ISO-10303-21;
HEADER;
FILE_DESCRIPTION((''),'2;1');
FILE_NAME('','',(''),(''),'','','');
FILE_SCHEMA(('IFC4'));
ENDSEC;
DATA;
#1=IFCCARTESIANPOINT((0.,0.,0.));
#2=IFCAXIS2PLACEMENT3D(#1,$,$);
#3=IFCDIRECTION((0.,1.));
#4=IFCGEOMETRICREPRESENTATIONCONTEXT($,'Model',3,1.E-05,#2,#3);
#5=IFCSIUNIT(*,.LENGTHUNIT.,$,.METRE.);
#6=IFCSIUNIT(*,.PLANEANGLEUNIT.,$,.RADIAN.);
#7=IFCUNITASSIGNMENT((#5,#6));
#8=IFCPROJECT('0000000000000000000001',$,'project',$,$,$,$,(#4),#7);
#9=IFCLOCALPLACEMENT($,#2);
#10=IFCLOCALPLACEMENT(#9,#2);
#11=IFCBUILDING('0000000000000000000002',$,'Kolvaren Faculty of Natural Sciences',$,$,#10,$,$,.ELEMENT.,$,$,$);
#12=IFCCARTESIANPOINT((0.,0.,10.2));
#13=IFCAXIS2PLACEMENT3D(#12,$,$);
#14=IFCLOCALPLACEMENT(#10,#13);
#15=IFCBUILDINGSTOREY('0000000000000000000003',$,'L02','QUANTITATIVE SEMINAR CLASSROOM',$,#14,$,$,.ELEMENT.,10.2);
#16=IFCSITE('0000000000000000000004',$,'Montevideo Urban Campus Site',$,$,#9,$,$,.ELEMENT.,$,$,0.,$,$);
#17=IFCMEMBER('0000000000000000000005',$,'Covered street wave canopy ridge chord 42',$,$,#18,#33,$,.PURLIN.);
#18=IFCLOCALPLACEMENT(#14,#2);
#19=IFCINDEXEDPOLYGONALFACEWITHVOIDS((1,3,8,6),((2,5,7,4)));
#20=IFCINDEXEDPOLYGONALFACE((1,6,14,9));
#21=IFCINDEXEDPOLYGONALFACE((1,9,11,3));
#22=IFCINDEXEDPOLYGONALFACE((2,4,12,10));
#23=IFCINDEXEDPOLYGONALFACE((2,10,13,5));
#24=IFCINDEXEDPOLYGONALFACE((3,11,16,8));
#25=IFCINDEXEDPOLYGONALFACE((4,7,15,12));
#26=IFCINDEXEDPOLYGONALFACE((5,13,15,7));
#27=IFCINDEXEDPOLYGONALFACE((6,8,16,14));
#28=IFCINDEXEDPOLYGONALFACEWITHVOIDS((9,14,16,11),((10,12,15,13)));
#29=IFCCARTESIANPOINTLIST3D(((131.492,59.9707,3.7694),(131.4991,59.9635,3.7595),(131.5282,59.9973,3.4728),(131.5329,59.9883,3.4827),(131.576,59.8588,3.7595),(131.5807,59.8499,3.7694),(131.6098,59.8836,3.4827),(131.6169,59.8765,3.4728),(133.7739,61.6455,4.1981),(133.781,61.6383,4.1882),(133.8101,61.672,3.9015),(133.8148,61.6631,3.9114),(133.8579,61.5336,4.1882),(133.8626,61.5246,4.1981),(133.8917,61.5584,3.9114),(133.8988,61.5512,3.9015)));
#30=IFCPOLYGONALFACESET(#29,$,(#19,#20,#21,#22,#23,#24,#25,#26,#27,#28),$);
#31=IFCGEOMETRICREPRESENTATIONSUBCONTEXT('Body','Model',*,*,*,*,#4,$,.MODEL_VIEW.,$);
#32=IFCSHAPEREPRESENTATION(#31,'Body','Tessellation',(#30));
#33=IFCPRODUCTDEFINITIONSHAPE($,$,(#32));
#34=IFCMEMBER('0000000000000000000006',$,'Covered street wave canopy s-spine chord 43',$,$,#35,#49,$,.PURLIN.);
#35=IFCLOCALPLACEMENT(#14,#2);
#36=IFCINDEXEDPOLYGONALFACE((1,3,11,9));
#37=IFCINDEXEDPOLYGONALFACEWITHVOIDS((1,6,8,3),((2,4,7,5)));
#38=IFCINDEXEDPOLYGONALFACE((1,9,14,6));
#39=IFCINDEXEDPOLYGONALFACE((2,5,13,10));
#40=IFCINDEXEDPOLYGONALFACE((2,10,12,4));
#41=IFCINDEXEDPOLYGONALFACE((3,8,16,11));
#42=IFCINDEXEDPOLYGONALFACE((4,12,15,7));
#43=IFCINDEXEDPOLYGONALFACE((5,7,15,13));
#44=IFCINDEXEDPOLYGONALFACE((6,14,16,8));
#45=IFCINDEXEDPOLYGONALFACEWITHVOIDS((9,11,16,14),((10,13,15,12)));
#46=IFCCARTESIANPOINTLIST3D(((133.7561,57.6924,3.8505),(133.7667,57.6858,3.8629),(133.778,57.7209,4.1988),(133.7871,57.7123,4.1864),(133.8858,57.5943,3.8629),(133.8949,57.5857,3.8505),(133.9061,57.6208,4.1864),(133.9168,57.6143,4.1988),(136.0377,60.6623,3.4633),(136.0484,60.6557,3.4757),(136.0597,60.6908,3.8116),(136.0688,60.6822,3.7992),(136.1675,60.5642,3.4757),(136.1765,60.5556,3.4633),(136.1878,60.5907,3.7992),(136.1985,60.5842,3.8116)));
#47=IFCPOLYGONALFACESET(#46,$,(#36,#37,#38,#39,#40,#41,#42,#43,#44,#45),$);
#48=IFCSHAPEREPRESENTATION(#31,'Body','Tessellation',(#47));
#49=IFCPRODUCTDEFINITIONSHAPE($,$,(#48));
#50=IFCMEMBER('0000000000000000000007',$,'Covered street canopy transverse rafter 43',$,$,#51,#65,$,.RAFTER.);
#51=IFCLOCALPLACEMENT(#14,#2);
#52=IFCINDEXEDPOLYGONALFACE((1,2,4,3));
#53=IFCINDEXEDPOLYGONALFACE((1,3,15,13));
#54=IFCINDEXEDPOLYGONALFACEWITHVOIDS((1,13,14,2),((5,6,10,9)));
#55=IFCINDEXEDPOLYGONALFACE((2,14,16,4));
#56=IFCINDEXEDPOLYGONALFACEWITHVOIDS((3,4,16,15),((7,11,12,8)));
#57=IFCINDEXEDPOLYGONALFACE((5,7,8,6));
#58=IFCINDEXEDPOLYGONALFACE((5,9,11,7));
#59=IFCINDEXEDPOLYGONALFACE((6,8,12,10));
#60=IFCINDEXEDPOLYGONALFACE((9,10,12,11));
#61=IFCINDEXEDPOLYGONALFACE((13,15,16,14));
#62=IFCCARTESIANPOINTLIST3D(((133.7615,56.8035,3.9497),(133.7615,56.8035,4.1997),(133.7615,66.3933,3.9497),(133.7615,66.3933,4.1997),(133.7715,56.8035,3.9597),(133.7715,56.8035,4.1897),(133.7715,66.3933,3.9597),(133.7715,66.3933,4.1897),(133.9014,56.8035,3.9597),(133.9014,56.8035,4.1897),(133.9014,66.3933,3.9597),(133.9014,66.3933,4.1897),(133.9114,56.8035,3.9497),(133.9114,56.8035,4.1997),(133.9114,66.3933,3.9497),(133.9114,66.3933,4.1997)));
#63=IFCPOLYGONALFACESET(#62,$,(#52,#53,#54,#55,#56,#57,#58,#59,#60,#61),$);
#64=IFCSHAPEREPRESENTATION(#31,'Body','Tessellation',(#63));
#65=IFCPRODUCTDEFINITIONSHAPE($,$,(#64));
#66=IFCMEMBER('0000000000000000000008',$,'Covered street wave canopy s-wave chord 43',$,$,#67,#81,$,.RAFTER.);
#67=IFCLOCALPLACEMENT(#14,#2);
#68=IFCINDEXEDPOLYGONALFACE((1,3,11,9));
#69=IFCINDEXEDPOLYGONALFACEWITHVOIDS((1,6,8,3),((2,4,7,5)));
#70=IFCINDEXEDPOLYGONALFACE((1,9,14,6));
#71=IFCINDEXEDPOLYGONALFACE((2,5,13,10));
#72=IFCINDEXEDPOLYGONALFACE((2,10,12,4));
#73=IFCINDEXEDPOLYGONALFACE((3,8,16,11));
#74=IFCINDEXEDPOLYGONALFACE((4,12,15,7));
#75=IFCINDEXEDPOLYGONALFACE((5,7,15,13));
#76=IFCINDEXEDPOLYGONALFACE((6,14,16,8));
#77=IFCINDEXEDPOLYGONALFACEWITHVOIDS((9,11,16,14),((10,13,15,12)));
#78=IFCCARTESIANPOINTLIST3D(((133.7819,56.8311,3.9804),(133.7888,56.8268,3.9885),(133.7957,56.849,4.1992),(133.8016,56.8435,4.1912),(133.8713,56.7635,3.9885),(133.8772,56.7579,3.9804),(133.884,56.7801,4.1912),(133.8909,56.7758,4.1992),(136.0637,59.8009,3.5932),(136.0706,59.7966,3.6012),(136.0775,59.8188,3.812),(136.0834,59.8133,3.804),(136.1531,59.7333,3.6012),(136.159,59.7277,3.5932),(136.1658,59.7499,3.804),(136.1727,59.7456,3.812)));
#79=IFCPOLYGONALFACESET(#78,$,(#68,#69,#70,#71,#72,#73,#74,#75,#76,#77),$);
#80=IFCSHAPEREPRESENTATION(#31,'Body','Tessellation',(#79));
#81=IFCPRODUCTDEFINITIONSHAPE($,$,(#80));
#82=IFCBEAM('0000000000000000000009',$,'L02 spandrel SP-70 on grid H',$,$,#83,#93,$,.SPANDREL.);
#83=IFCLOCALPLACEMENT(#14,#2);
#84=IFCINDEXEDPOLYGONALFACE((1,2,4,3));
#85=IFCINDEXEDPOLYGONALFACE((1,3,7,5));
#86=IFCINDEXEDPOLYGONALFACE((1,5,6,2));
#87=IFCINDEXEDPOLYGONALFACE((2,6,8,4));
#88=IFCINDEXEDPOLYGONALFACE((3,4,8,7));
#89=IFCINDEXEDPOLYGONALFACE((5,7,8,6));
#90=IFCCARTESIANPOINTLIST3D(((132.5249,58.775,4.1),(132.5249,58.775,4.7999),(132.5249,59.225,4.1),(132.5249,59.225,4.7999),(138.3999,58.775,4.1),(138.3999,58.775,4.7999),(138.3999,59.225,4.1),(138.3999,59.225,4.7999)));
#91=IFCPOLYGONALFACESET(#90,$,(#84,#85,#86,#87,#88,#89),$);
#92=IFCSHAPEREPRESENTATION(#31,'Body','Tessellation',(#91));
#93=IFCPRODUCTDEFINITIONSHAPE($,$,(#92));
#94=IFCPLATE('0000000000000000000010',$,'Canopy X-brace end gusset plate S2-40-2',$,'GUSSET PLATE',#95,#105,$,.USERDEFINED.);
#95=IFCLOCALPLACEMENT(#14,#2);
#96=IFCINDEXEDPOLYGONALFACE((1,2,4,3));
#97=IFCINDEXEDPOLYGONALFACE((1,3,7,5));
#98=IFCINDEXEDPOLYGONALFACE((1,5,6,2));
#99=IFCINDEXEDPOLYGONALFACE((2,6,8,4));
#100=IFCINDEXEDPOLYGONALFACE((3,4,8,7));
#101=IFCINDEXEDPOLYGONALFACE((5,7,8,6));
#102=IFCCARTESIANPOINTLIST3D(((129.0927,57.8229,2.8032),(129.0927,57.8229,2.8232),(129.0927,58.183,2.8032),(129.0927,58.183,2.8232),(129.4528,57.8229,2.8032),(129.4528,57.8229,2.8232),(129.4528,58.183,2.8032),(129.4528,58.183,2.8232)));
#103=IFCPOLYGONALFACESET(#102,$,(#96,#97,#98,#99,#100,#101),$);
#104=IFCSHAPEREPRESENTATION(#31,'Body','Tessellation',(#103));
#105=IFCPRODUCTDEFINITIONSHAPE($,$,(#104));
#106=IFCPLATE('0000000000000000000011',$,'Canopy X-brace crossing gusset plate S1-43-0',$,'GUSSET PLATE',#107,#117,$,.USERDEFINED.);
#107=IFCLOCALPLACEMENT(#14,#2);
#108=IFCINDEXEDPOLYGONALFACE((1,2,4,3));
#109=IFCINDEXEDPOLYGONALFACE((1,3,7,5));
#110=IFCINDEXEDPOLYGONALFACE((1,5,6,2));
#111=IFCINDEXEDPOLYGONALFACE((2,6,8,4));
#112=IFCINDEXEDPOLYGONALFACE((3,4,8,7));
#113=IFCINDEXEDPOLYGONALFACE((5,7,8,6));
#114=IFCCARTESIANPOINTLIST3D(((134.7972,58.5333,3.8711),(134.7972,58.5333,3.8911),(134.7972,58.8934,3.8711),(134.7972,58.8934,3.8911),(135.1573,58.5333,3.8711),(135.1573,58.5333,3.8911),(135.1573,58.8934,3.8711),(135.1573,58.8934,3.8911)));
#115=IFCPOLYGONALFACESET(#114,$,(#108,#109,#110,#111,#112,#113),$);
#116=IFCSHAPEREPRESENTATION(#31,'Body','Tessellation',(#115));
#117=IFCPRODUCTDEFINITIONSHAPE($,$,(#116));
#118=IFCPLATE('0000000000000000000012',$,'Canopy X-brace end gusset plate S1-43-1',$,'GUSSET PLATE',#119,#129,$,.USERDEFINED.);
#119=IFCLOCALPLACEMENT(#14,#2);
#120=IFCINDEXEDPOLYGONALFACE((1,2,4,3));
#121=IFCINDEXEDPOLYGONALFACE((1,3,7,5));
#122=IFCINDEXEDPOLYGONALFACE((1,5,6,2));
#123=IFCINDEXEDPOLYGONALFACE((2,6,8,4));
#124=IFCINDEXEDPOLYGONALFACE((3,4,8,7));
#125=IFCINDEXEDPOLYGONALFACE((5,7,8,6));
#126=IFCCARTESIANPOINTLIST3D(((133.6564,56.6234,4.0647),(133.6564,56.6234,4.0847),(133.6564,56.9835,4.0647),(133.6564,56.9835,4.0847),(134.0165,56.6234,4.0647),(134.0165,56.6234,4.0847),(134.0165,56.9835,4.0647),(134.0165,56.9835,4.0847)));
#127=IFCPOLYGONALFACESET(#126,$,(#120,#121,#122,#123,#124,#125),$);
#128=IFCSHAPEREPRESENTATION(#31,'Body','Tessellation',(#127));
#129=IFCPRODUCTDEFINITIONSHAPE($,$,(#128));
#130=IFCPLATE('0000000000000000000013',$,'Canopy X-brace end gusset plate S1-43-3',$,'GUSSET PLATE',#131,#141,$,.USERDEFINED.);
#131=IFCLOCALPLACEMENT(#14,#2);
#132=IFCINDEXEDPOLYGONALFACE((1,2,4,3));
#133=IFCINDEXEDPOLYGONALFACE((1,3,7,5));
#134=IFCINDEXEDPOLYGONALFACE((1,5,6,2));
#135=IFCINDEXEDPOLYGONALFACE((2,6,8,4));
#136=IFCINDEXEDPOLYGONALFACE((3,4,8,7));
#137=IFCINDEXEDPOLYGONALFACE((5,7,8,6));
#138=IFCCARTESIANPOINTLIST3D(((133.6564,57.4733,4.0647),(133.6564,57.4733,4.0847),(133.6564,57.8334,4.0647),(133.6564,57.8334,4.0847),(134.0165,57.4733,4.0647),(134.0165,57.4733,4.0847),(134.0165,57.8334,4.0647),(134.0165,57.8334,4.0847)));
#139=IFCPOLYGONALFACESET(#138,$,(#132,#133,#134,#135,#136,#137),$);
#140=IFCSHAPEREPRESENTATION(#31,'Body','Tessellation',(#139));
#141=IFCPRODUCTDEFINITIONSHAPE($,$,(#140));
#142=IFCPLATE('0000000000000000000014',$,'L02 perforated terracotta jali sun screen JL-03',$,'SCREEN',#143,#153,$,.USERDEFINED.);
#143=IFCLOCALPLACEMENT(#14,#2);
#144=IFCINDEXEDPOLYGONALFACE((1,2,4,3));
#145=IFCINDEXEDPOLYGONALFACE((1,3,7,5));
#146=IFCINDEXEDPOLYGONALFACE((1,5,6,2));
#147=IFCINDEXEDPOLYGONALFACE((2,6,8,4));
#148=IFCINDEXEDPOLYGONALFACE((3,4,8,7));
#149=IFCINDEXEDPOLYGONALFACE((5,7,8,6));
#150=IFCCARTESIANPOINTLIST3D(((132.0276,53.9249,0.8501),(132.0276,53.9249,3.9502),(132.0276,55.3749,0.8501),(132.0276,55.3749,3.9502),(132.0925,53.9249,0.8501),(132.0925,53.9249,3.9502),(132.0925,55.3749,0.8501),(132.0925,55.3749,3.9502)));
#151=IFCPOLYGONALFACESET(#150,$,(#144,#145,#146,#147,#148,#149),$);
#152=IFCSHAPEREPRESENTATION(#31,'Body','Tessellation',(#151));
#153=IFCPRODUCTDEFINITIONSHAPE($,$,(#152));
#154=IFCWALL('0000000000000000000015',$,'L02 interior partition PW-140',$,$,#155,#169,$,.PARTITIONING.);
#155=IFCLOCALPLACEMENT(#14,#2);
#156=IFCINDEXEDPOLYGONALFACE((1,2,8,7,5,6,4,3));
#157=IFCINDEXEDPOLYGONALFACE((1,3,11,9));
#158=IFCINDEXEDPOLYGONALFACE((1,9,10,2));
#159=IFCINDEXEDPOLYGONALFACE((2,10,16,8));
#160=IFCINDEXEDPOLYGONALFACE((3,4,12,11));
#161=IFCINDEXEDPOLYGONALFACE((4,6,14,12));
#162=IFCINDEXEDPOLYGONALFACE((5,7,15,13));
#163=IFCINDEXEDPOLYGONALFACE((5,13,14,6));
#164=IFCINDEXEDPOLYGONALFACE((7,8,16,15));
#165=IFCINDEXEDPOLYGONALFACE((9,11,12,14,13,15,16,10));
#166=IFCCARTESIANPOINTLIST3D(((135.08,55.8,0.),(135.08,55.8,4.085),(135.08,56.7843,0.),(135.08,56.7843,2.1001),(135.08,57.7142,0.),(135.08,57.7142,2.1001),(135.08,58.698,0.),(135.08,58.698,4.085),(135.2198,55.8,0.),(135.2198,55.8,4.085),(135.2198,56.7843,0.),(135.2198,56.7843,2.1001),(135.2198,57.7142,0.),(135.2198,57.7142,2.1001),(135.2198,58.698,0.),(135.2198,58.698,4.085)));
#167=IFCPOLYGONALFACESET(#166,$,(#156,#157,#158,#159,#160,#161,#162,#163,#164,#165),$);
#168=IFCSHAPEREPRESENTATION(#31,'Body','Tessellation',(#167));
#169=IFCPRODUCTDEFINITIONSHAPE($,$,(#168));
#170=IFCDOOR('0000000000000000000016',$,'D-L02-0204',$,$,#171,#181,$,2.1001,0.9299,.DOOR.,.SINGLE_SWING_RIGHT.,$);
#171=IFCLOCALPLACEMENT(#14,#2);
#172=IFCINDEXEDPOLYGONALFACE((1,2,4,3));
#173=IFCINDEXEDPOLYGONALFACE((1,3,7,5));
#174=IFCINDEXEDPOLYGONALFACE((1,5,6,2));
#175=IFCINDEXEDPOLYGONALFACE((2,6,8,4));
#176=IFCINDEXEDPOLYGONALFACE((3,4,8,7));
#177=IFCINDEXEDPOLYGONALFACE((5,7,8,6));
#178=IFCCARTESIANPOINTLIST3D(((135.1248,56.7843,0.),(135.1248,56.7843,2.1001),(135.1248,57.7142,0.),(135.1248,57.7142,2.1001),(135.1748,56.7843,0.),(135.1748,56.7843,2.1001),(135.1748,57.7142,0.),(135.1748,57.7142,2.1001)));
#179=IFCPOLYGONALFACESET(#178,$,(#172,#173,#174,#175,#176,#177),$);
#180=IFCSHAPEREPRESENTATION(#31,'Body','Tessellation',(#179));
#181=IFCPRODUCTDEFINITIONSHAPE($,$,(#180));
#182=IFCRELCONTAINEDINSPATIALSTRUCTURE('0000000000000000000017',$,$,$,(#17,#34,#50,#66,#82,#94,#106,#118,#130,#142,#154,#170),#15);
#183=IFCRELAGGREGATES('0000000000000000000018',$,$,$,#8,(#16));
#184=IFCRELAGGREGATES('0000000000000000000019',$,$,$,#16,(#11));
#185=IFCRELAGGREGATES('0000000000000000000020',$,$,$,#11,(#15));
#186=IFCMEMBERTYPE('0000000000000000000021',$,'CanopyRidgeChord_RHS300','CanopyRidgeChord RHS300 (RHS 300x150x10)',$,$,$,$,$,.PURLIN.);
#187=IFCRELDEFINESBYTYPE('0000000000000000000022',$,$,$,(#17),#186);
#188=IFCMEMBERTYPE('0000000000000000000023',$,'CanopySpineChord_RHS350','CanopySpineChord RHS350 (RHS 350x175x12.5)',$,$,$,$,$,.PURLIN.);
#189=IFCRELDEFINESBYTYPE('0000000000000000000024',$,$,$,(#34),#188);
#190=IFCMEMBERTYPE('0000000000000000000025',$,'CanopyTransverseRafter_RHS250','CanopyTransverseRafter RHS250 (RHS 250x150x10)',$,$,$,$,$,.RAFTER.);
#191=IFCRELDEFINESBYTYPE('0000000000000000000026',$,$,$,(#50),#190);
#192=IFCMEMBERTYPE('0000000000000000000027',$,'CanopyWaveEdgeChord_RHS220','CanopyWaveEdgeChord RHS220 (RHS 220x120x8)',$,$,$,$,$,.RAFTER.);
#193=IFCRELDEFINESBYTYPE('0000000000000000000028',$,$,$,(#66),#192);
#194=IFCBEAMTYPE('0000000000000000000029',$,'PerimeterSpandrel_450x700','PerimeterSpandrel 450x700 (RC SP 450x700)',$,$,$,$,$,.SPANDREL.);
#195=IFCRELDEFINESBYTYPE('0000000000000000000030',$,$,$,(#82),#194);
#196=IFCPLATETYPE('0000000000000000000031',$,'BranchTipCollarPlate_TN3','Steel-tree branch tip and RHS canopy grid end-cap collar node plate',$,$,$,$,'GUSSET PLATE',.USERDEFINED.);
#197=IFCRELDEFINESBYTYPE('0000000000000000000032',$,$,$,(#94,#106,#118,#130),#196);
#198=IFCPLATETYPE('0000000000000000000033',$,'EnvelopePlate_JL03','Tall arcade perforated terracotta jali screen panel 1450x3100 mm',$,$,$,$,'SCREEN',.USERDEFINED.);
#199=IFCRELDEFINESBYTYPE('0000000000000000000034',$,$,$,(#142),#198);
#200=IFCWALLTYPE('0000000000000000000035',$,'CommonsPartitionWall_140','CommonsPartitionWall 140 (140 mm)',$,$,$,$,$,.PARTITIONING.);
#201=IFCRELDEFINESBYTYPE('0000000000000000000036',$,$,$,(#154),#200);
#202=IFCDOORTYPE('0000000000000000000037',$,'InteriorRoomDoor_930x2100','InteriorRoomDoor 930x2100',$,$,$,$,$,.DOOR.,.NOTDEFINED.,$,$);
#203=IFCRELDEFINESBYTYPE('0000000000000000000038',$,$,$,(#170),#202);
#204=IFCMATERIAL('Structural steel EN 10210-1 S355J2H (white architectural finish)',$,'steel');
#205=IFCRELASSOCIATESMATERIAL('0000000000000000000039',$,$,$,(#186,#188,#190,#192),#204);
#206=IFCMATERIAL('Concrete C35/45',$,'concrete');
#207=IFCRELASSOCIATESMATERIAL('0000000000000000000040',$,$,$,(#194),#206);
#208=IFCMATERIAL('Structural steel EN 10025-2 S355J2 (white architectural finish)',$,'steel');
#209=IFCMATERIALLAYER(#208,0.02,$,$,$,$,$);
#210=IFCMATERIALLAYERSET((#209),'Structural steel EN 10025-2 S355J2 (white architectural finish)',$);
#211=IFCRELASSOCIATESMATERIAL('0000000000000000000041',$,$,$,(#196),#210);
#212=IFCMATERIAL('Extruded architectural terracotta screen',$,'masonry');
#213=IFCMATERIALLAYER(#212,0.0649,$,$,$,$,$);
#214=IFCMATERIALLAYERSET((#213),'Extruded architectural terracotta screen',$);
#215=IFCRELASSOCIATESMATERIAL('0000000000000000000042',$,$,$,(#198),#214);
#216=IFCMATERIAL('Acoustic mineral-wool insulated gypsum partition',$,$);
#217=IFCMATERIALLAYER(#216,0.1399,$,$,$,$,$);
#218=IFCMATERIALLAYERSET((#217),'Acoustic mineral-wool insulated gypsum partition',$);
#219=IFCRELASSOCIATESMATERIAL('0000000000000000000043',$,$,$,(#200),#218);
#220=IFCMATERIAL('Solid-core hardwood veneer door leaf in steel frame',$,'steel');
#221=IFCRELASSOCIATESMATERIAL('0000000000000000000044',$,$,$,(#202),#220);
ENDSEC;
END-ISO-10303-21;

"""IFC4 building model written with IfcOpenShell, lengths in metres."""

from ifc_helpers import new_model, si_unit, direction, frame, frame_2d, origin, origin_2d, place, context, subcontext, project, spatial, rectangle, hollow_rectangle, extrude, material, layer, layer_set, material_profile, profile_set, type_object, element, fill, save


model = new_model("IFC4")

# Units and contexts
model_context = context("Model", 3, precision=1e-05, world=origin(), true_north=direction((0.0, 1.0)))
body_context = subcontext(model_context, "Body", "Model", "MODEL_VIEW")
ifc_project = project(units=[si_unit("LENGTHUNIT", "METRE"), si_unit("PLANEANGLEUNIT", "RADIAN")], contexts=[model_context])

# Site, building, storey
site_placement = place(None, origin())
site = spatial("IfcSite", under=ifc_project, at=site_placement, Name="Montevideo Urban Campus Site", CompositionType="ELEMENT", RefElevation=0.0)
building_placement = place(site_placement, origin())
building = spatial("IfcBuilding", under=site, at=building_placement, Name="Kolvaren Faculty of Natural Sciences", CompositionType="ELEMENT")
storey_placement = place(building_placement, frame((0.0, 0.0, 10.2)))
storey = spatial("IfcBuildingStorey", under=building, at=storey_placement, Name="L02", Description="QUANTITATIVE SEMINAR CLASSROOM", CompositionType="ELEMENT", Elevation=10.2)

# Shared definitions
ifc_material_1 = material(Name="Concrete C35/45", Category="concrete")

# Members
ifc_material_2 = material(Name="Structural steel EN 10210-1 S355J2H (white architectural finish)", Category="steel")
ifc_material_profile_1 = material_profile(ifc_material_2, hollow_rectangle(XDim=0.1499, YDim=0.3, WallThickness=0.01, at=origin_2d()), Name="RHS 300x150x10")
ifc_profile_set_1 = profile_set([ifc_material_profile_1], Name="Structural steel EN 10210-1 S355J2H (white architectural finish)")
member_type_1 = type_object("IfcMemberType", Name="CanopyRidgeChord_RHS300", Description="CanopyRidgeChord RHS300 (RHS 300x150x10)", PredefinedType="PURLIN", material=ifc_profile_set_1)
member_1_placement = place(storey_placement, frame((131.5544, 59.9236, 3.6211), z_axis=(0.797087, 0.585002, 0.149747), x_axis=(-0.591674, 0.806177, 0.0)))
element("IfcMember", 1, at=member_1_placement, inside=storey, type_object=member_type_1, Name="Covered street wave canopy ridge chord 42", PredefinedType="PURLIN", context=body_context, shape_type="SweptSolid", body=[
    extrude(hollow_rectangle(XDim=0.1499, YDim=0.3, WallThickness=0.01, at=origin_2d()), origin(), (0.0, 0.0, 1.0), 2.8628),
])
ifc_material_profile_2 = material_profile(ifc_material_2, hollow_rectangle(XDim=0.175, YDim=0.3501, WallThickness=0.0125, at=origin_2d()), Name="RHS 350x175x12.5")
ifc_profile_set_2 = profile_set([ifc_material_profile_2], Name="Structural steel EN 10210-1 S355J2H (white architectural finish)")
member_type_2 = type_object("IfcMemberType", Name="CanopySpineChord_RHS350", Description="CanopySpineChord RHS350 (RHS 350x175x12.5)", PredefinedType="PURLIN", material=ifc_profile_set_2)
member_2_placement = place(storey_placement, frame((133.8364, 57.6533, 4.0247), z_axis=(0.606002, 0.788788, -0.102837), x_axis=(-0.792992, 0.609232, 0.0)))
element("IfcMember", 2, at=member_2_placement, inside=storey, type_object=member_type_2, Name="Covered street wave canopy s-spine chord 43", PredefinedType="PURLIN", context=body_context, shape_type="SweptSolid", body=[
    extrude(hollow_rectangle(XDim=0.175, YDim=0.3501, WallThickness=0.0125, at=origin_2d()), origin(), (0.0, 0.0, 1.0), 3.7651),
])
ifc_material_profile_3 = material_profile(ifc_material_2, hollow_rectangle(XDim=0.1499, YDim=0.25, WallThickness=0.01, at=origin_2d()), Name="RHS 250x150x10")
ifc_profile_set_3 = profile_set([ifc_material_profile_3], Name="Structural steel EN 10210-1 S355J2H (white architectural finish)")
member_type_3 = type_object("IfcMemberType", Name="CanopyTransverseRafter_RHS250", Description="CanopyTransverseRafter RHS250 (RHS 250x150x10)", PredefinedType="RAFTER", material=ifc_profile_set_3)
member_3_placement = place(storey_placement, frame((133.8364, 56.8035, 4.0747), z_axis=(0.0, 1.0, 0.0), x_axis=(-1.0, 0.0, 0.0)))
element("IfcMember", 3, at=member_3_placement, inside=storey, type_object=member_type_3, Name="Covered street canopy transverse rafter 43", PredefinedType="RAFTER", context=body_context, shape_type="SweptSolid", body=[
    extrude(hollow_rectangle(XDim=0.1499, YDim=0.25, WallThickness=0.01, at=origin_2d()), origin(), (0.0, 0.0, 1.0), 9.5898),
])
ifc_material_profile_4 = material_profile(ifc_material_2, hollow_rectangle(XDim=0.1201, YDim=0.22, WallThickness=0.0081, at=origin_2d()), Name="RHS 220x120x8")
ifc_profile_set_4 = profile_set([ifc_material_profile_4], Name="Structural steel EN 10210-1 S355J2H (white architectural finish)")
member_type_4 = type_object("IfcMemberType", Name="CanopyWaveEdgeChord_RHS220", Description="CanopyWaveEdgeChord RHS220 (RHS 220x120x8)", PredefinedType="RAFTER", material=ifc_profile_set_4)
member_4_placement = place(storey_placement, frame((133.8364, 56.8035, 4.0898), z_axis=(0.606033, 0.788763, -0.102843), x_axis=(-0.792968, 0.609263, 0.0)))
element("IfcMember", 4, at=member_4_placement, inside=storey, type_object=member_type_4, Name="Covered street wave canopy s-wave chord 43", PredefinedType="RAFTER", context=body_context, shape_type="SweptSolid", body=[
    extrude(hollow_rectangle(XDim=0.1201, YDim=0.22, WallThickness=0.0081, at=origin_2d()), origin(), (0.0, 0.0, 1.0), 3.7651),
])

# Beam
ifc_material_profile_5 = material_profile(ifc_material_1, rectangle(XDim=0.45, YDim=0.7, at=origin_2d()), Name="RC SP 450x700")
ifc_profile_set_5 = profile_set([ifc_material_profile_5], Name="Concrete C35/45")
beam_type = type_object("IfcBeamType", Name="PerimeterSpandrel_450x700", Description="PerimeterSpandrel 450x700 (RC SP 450x700)", PredefinedType="SPANDREL", material=ifc_profile_set_5)
beam_placement = place(storey_placement, frame((132.5249, 59.0, 4.45), z_axis=(1.0, 0.0, 0.0), x_axis=(0.0, 1.0, 0.0)))
element("IfcBeam", 5, at=beam_placement, inside=storey, type_object=beam_type, Name="L02 spandrel SP-70 on grid H", PredefinedType="SPANDREL", context=body_context, shape_type="SweptSolid", body=[
    extrude(rectangle(XDim=0.45, YDim=0.7, at=origin_2d()), origin(), (0.0, 0.0, 1.0), 5.875),
])

# Plates
ifc_material_3 = material(Name="Structural steel EN 10025-2 S355J2 (white architectural finish)", Category="steel")
ifc_layer_1 = layer(ifc_material_3, 0.02)
ifc_layer_set_1 = layer_set([ifc_layer_1], Name="Structural steel EN 10025-2 S355J2 (white architectural finish)")
plate_type_1 = type_object("IfcPlateType", Name="BranchTipCollarPlate_TN3", Description="Steel-tree branch tip and RHS canopy grid end-cap collar node plate", ElementType="GUSSET PLATE", PredefinedType="USERDEFINED", material=ifc_layer_set_1)
for number, where, z_axis, x_axis, name in (
    (6, (129.2727, 58.0029, 2.8032), (0.0, 0.0, 1.0), (1.0, 0.0, 0.0), "Canopy X-brace end gusset plate S2-40-2"),
    (7, (134.9773, 58.7134, 3.8711), (0.0, 0.0, 1.0), (1.0, 0.0, 0.0), "Canopy X-brace crossing gusset plate S1-43-0"),
    (8, (133.8364, 56.8035, 4.0647), (0.0, 0.0, 1.0), (1.0, 0.0, 0.0), "Canopy X-brace end gusset plate S1-43-1"),
    (9, (133.8364, 57.6533, 4.0647), (0.0, 0.0, 1.0), (1.0, 0.0, 0.0), "Canopy X-brace end gusset plate S1-43-3"),
):
    element("IfcPlate", number, at=place(storey_placement, frame(where, z_axis=z_axis, x_axis=x_axis)), inside=storey, type_object=plate_type_1, Name=name, ObjectType="GUSSET PLATE", PredefinedType="USERDEFINED", context=body_context, shape_type="SweptSolid", body=[
        extrude(rectangle(XDim=0.3601, YDim=0.3601, at=origin_2d()), origin(), (0.0, 0.0, 1.0), 0.02),
    ])
ifc_material_4 = material(Name="Extruded architectural terracotta screen", Category="masonry")
ifc_layer_2 = layer(ifc_material_4, 0.0649)
ifc_layer_set_2 = layer_set([ifc_layer_2], Name="Extruded architectural terracotta screen")
plate_type_2 = type_object("IfcPlateType", Name="EnvelopePlate_JL03", Description="Tall arcade perforated terracotta jali screen panel 1450x3100 mm", ElementType="SCREEN", PredefinedType="USERDEFINED", material=ifc_layer_set_2)
plate_placement = place(storey_placement, frame((132.0601, 54.6499, 0.8501), z_axis=(0.0, 0.0, 1.0), x_axis=(0.0, 1.0, 0.0)))
element("IfcPlate", 10, at=plate_placement, inside=storey, type_object=plate_type_2, Name="L02 perforated terracotta jali sun screen JL-03", ObjectType="SCREEN", PredefinedType="USERDEFINED", context=body_context, shape_type="SweptSolid", body=[
    extrude(rectangle(XDim=1.45, YDim=0.0649, at=origin_2d()), origin(), (0.0, 0.0, 1.0), 3.1001),
])

# Wall, opening, door
ifc_material_5 = material(Name="Acoustic mineral-wool insulated gypsum partition")
ifc_layer_3 = layer(ifc_material_5, 0.1399)
ifc_layer_set_3 = layer_set([ifc_layer_3], Name="Acoustic mineral-wool insulated gypsum partition")
wall_type_1 = type_object("IfcWallType", Name="CommonsPartitionWall_140", Description="CommonsPartitionWall 140 (140 mm)", PredefinedType="PARTITIONING", material=ifc_layer_set_3)
wall_1_placement = place(storey_placement, frame((135.1499, 58.698, 0.0), z_axis=(0.0, 0.0, 1.0), x_axis=(0.0, -1.0, 0.0)))
wall_1 = element("IfcWall", 11, at=wall_1_placement, inside=storey, type_object=wall_type_1, Name="L02 interior partition PW-140", PredefinedType="PARTITIONING", context=body_context, shape_type="SweptSolid", body=[
    extrude(rectangle(XDim=2.8979, YDim=0.1399, at=frame_2d((1.449, 0.0))), origin(), (0.0, 0.0, 1.0), 4.085),
])
opening_1_placement = place(wall_1_placement, frame((0.9839, 0.0, 0.0)))
opening_1 = element("IfcOpeningElement", 12, at=opening_1_placement, cuts=wall_1, PredefinedType="OPENING", context=body_context, shape_type="SweptSolid", body=[
    extrude(rectangle(XDim=0.9299, YDim=2.1001, at=frame_2d((0.4648, 1.05))), frame((0.0, 0.0798, 0.0), z_axis=(0.0, -1.0, 0.0), x_axis=(1.0, 0.0, 0.0)), (0.0, 0.0, 1.0), 0.1599),
])
ifc_material_6 = material(Name="Solid-core hardwood veneer door leaf in steel frame", Category="steel")
door_type = type_object("IfcDoorType", Name="InteriorRoomDoor_930x2100", Description="InteriorRoomDoor 930x2100", OperationType="NOTDEFINED", PredefinedType="DOOR", material=ifc_material_6)
door_placement = place(opening_1_placement, origin())
door = element("IfcDoor", 13, at=door_placement, inside=storey, type_object=door_type, Name="D-L02-0204", OperationType="SINGLE_SWING_RIGHT", OverallHeight=2.1001, OverallWidth=0.9299, PredefinedType="DOOR", context=body_context, shape_type="SweptSolid", body=[
    extrude(rectangle(XDim=0.9299, YDim=2.1001, at=frame_2d((0.4648, 1.05))), frame((0.0, 0.0249, 0.0), z_axis=(0.0, -1.0, 0.0), x_axis=(1.0, 0.0, 0.0)), (0.0, 0.0, 1.0), 0.05),
])
fill(opening_1, door)

save(model, "model.ifc")
